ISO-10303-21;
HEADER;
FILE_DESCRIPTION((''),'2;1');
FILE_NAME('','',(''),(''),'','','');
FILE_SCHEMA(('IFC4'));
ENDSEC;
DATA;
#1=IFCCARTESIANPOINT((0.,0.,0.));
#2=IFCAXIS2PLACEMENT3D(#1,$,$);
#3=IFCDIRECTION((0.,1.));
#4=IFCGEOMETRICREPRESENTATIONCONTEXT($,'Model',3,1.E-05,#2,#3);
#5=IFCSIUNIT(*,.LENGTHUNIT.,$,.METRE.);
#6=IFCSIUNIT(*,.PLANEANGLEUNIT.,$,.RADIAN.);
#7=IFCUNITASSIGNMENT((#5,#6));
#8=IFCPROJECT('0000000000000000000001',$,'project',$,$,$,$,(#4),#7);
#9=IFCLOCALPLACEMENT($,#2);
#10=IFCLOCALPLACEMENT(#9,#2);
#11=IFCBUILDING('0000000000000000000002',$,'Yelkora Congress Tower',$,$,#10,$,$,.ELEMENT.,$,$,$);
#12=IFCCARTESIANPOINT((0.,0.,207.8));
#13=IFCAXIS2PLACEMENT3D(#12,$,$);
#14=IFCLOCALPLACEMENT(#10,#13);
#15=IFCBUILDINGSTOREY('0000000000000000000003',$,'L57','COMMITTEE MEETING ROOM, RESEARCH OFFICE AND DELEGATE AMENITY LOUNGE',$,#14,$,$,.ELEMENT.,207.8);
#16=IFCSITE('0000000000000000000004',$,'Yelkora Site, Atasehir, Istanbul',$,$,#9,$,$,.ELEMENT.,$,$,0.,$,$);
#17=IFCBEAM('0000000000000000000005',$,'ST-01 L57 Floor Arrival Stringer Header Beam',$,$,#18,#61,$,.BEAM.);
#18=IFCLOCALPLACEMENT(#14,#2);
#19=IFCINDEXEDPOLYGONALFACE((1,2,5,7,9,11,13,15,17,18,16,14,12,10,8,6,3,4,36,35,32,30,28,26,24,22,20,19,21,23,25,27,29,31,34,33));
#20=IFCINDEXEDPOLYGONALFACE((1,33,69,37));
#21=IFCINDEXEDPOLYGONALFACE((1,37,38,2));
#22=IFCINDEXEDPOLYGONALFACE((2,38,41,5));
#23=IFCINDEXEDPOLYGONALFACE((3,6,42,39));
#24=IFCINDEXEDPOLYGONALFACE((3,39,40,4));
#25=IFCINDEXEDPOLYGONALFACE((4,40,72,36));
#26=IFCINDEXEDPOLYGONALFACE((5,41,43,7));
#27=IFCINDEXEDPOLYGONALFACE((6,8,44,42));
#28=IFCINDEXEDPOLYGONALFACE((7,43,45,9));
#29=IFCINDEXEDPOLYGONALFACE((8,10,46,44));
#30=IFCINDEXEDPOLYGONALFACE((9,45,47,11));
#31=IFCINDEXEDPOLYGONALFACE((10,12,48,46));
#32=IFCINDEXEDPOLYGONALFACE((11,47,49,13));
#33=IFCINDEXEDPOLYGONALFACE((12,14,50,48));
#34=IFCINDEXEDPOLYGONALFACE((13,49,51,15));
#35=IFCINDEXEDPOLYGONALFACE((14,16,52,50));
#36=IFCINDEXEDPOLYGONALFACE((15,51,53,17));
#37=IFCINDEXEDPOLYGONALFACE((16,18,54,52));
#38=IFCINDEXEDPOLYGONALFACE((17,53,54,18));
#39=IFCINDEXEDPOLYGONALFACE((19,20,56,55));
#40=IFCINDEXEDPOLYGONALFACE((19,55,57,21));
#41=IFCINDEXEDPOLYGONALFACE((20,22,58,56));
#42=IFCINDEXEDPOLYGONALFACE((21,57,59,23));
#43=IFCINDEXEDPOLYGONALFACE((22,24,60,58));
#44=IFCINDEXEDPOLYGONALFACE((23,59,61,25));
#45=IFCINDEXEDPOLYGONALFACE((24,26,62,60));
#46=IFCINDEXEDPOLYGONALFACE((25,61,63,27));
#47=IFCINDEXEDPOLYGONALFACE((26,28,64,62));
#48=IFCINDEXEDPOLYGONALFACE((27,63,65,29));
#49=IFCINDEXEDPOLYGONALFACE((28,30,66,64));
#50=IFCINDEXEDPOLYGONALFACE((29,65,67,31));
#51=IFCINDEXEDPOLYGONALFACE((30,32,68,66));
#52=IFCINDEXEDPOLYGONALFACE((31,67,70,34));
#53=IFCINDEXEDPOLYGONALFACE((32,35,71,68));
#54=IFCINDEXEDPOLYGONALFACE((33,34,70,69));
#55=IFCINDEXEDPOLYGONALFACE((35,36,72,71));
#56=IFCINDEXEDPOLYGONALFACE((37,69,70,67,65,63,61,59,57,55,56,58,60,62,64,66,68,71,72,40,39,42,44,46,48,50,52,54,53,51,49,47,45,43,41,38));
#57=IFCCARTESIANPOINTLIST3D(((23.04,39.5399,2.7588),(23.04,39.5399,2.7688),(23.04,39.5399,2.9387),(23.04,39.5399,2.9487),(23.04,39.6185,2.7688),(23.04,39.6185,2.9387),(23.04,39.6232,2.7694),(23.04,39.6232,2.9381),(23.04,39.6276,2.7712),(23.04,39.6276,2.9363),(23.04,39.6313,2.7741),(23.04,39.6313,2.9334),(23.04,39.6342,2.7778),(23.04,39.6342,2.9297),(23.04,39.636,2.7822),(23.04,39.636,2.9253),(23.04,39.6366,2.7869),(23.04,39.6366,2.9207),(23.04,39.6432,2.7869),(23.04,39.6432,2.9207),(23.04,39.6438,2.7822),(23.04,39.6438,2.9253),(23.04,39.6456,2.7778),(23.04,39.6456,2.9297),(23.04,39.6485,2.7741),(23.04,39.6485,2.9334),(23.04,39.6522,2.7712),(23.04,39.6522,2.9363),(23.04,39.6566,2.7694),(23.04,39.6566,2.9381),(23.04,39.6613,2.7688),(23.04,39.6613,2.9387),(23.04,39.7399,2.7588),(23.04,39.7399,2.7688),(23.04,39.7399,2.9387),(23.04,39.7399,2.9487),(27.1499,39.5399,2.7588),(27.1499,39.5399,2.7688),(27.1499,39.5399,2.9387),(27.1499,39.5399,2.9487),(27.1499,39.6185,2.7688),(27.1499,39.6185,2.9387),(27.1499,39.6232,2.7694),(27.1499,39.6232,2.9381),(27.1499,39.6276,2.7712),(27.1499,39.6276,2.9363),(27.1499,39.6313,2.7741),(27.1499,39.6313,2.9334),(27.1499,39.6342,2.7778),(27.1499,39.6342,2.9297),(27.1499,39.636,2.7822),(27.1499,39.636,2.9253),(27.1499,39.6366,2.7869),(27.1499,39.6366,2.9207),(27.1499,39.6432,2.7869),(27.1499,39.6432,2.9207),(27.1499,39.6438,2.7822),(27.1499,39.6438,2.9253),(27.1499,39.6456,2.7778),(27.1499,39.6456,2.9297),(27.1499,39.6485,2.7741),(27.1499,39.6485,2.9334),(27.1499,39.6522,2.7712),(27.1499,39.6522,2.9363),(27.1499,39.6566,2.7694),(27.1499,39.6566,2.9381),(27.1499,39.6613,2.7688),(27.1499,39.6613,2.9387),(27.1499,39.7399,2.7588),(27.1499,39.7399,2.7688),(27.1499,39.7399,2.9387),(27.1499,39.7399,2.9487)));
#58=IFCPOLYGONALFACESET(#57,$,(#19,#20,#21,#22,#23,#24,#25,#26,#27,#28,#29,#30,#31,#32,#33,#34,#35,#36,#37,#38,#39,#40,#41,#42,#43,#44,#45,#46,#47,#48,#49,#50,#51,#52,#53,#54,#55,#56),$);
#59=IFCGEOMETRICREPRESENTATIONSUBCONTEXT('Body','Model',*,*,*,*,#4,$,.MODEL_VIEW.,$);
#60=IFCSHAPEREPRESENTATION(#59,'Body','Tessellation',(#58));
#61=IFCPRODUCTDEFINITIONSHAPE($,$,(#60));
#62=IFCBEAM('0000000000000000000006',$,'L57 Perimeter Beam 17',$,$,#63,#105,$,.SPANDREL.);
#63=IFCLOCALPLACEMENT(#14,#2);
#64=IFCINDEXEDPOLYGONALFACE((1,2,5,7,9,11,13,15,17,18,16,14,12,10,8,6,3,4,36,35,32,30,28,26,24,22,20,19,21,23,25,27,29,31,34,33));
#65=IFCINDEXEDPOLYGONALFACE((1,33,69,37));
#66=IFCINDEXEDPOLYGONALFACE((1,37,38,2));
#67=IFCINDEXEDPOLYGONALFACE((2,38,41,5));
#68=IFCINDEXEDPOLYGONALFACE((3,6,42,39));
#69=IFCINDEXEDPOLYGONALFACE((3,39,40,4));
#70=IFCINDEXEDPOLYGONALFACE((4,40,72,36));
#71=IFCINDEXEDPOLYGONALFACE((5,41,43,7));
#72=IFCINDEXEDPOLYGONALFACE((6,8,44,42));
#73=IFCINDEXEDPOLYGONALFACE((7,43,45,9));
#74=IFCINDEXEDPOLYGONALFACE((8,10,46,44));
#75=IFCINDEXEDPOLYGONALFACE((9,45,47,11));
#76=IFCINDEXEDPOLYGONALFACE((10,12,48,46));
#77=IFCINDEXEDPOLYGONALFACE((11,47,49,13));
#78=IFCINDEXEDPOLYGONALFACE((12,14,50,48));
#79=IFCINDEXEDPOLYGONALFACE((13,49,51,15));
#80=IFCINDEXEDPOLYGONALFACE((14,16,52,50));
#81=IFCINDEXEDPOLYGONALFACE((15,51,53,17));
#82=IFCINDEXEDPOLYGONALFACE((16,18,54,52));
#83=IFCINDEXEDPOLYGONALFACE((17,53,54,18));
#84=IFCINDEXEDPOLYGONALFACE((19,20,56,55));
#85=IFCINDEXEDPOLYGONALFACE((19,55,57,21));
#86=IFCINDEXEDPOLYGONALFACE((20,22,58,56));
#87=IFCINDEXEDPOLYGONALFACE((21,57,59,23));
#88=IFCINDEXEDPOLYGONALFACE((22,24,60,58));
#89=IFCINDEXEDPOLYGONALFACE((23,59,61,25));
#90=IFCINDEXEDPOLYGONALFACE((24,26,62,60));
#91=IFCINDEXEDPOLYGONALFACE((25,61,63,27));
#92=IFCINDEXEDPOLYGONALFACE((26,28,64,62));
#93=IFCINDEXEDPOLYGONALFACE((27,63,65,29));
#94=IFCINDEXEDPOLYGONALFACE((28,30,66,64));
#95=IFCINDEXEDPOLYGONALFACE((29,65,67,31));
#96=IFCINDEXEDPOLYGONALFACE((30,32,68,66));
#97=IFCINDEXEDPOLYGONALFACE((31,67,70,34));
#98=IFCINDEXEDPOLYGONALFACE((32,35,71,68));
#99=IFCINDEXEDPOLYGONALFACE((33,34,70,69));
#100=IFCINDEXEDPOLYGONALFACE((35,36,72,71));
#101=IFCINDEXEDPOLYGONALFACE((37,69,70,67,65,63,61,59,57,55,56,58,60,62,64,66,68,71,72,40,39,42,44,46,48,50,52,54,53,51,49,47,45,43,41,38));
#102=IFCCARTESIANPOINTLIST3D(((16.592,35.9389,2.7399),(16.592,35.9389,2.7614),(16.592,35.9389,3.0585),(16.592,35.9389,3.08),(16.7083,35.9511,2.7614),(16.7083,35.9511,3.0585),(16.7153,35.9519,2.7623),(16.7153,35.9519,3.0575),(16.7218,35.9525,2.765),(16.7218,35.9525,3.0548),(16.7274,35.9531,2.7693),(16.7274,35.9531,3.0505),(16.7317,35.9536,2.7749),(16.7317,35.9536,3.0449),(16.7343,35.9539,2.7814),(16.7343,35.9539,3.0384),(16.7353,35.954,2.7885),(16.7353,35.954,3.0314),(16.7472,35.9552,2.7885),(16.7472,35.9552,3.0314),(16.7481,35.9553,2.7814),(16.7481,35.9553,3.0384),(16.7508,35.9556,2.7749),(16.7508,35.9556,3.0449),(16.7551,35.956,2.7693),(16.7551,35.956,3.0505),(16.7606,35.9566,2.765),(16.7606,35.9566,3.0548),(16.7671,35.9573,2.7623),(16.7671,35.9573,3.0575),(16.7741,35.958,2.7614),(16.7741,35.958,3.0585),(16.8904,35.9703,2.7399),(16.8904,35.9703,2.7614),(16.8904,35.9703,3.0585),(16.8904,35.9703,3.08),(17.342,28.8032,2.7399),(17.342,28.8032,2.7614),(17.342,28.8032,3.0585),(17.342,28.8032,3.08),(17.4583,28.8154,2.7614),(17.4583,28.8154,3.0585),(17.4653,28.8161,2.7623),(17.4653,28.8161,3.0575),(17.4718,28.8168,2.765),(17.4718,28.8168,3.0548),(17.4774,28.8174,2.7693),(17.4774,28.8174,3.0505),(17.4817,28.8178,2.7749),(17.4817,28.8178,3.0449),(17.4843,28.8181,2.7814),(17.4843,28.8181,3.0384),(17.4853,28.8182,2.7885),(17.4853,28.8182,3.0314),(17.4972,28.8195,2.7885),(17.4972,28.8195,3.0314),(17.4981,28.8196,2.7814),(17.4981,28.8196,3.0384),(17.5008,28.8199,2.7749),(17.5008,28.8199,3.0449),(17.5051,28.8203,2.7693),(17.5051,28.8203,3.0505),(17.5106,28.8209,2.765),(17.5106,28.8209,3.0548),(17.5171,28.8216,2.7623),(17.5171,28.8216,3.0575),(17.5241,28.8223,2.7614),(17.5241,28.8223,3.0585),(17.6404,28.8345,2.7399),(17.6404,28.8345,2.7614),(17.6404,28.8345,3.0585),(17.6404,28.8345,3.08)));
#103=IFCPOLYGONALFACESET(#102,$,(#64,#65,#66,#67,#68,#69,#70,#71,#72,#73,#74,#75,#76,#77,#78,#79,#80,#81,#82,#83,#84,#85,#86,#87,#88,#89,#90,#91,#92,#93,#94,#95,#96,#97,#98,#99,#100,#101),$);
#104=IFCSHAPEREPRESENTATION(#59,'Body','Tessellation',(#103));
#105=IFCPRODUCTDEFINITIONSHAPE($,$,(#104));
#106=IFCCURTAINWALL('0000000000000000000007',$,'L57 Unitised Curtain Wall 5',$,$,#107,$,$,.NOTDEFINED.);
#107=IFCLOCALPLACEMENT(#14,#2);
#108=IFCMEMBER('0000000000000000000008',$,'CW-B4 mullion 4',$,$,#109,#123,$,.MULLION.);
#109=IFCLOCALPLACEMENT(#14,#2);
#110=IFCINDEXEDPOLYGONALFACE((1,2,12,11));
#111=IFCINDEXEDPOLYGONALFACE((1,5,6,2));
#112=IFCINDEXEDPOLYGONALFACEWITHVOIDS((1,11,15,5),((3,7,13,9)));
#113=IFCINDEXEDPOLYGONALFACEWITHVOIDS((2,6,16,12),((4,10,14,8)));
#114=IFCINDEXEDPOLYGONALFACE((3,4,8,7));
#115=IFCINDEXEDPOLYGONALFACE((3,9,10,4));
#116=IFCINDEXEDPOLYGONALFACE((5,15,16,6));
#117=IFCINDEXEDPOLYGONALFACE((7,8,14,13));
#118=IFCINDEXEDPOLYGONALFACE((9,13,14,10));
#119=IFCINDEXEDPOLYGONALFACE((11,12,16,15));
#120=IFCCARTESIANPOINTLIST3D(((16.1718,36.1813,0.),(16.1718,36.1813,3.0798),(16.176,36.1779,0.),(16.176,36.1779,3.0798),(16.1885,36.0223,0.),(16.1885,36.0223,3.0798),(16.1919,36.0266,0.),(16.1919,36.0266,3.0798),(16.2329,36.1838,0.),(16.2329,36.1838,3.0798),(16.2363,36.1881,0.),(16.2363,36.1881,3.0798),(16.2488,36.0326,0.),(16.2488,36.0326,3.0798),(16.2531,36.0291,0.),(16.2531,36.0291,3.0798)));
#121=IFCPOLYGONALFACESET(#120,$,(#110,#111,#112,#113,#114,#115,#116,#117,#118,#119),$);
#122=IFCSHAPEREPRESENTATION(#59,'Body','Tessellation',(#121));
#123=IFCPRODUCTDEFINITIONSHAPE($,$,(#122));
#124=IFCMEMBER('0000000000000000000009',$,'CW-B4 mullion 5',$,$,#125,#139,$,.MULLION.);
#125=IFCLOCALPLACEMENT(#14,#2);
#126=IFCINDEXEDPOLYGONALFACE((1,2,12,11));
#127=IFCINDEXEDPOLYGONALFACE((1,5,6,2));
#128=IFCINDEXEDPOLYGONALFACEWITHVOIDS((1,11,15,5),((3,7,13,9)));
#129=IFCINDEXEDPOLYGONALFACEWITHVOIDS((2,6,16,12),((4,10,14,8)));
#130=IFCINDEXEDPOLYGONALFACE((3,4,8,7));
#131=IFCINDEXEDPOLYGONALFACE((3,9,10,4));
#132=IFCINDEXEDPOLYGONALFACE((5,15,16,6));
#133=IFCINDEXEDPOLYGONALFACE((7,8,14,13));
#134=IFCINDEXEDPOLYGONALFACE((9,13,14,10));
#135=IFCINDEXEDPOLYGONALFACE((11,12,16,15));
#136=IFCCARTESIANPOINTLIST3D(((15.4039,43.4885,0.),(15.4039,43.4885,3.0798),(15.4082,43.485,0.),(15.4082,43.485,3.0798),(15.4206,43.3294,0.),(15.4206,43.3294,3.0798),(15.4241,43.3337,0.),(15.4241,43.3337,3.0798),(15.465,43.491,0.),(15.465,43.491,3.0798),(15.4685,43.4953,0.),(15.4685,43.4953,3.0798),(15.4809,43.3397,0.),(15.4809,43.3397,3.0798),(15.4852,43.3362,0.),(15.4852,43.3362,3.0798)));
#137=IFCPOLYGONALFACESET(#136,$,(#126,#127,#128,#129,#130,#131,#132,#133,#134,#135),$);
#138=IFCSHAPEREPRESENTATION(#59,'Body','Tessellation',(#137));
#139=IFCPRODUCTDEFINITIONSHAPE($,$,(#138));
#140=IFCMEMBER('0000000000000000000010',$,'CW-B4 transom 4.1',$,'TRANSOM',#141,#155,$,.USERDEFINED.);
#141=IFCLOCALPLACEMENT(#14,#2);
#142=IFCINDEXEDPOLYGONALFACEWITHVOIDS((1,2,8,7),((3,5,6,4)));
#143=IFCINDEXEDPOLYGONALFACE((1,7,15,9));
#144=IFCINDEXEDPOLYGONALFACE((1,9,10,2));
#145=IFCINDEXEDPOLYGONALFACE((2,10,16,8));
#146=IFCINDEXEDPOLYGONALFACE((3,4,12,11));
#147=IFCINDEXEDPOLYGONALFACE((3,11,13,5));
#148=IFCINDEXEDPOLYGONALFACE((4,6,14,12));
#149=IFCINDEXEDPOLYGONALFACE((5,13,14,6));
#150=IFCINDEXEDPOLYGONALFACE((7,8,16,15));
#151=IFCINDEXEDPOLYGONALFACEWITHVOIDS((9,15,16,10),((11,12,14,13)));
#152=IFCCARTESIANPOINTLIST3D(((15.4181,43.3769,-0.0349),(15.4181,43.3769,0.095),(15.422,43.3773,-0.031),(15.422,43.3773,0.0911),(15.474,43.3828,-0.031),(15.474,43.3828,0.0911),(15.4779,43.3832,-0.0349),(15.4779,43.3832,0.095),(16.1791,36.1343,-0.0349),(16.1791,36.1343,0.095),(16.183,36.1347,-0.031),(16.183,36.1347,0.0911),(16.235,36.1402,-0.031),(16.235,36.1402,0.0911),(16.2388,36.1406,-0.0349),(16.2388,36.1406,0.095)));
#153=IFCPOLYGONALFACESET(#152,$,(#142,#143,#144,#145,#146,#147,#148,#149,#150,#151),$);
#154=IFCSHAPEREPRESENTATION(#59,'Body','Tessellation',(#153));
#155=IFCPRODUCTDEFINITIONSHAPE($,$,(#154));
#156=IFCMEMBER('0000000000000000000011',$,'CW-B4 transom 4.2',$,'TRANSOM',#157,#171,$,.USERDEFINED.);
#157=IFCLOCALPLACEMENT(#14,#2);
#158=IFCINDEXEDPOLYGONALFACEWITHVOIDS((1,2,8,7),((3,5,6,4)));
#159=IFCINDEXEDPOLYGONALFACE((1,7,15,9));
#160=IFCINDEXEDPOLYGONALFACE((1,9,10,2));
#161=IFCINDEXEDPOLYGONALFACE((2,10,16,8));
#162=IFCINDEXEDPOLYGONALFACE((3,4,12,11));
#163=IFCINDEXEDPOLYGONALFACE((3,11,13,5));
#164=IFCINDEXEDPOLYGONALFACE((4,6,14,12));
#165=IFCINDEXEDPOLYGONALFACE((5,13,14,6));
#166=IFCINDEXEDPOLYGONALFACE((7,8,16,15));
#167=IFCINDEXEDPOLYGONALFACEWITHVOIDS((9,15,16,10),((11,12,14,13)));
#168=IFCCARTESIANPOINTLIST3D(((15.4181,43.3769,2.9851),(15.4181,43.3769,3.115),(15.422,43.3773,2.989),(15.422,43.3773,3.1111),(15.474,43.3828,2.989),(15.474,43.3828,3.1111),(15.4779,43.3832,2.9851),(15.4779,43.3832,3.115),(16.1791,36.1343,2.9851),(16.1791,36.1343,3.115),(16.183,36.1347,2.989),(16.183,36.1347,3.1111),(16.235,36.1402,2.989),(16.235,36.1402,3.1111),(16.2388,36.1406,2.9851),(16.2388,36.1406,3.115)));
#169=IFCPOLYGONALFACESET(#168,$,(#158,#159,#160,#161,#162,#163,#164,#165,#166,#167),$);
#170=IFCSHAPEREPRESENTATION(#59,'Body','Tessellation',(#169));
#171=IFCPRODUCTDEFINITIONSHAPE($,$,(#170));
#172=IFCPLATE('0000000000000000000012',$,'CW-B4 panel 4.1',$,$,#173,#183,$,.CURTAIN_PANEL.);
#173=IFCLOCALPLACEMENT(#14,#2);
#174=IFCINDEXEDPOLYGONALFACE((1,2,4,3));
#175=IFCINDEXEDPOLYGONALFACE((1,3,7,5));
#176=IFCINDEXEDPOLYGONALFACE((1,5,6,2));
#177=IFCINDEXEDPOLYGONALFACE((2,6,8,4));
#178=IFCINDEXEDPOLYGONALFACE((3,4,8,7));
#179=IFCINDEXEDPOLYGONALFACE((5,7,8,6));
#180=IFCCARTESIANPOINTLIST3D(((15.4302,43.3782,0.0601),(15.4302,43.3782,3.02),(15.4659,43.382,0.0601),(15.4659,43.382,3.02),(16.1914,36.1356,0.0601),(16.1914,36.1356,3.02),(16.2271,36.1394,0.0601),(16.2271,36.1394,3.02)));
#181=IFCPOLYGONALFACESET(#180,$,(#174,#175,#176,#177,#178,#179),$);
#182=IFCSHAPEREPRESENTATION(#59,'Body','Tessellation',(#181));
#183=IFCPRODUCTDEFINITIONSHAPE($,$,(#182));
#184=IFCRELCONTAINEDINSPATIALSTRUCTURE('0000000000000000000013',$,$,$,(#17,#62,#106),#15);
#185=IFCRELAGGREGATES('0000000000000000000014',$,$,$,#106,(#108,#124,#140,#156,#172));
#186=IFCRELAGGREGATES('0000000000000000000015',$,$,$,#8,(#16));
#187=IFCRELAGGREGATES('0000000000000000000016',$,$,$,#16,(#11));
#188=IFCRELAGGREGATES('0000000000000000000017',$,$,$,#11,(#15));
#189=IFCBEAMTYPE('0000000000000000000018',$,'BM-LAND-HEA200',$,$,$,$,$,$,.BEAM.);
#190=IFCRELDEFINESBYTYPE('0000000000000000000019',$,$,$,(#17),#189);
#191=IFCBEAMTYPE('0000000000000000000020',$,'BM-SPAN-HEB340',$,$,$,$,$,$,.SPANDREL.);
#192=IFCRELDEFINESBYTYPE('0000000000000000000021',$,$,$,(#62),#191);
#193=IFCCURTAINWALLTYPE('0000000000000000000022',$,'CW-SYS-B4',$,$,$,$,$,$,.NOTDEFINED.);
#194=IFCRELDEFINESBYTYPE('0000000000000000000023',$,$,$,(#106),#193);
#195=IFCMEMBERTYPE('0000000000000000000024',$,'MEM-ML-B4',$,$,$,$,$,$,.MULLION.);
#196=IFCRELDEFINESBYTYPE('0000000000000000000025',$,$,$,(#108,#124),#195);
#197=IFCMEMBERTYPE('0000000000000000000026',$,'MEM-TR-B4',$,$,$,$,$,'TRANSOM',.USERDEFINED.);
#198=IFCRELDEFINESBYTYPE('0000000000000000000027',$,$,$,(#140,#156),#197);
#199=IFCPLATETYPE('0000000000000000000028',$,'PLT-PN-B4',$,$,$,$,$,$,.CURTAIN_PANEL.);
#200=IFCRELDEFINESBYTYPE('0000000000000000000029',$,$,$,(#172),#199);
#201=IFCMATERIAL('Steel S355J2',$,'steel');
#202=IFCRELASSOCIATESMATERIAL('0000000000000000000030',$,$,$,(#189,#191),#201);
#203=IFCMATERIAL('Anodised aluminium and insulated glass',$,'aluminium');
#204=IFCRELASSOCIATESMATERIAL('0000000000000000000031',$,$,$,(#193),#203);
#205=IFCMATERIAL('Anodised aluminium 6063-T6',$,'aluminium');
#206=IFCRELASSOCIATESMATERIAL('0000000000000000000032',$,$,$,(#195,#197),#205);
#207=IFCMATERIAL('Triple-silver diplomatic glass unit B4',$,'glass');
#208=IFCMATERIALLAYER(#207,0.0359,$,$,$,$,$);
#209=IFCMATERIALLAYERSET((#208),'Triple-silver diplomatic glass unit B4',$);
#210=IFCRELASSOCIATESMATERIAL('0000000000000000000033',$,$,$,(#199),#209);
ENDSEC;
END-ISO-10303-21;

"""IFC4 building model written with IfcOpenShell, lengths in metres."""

from ifc_helpers import new_model, si_unit, direction, frame, origin, origin_2d, place, context, subcontext, project, spatial, rectangle, hollow_rectangle, i_section, extrude, material, layer, layer_set, material_profile, profile_set, type_object, element, aggregate, save


model = new_model("IFC4")

# Units and contexts
model_context = context("Model", 3, precision=1e-05, world=origin(), true_north=direction((0.0, 1.0)))
body_context = subcontext(model_context, "Body", "Model", "MODEL_VIEW")
ifc_project = project(units=[si_unit("LENGTHUNIT", "METRE"), si_unit("PLANEANGLEUNIT", "RADIAN")], contexts=[model_context])

# Site, building, storey
site_placement = place(None, origin())
site = spatial("IfcSite", under=ifc_project, at=site_placement, Name="Yelkora Site, Atasehir, Istanbul", CompositionType="ELEMENT", RefElevation=0.0)
building_placement = place(site_placement, origin())
building = spatial("IfcBuilding", under=site, at=building_placement, Name="Yelkora Congress Tower", CompositionType="ELEMENT")
storey_placement = place(building_placement, frame((0.0, 0.0, 207.8)))
storey = spatial("IfcBuildingStorey", under=building, at=storey_placement, Name="L57", Description="COMMITTEE MEETING ROOM, RESEARCH OFFICE AND DELEGATE AMENITY LOUNGE", CompositionType="ELEMENT", Elevation=207.8)

# Shared definitions
ifc_material_1 = material(Name="Steel S355J2", Category="steel")

# Beams
ifc_material_profile_1 = material_profile(ifc_material_1, i_section(OverallWidth=0.2, OverallDepth=0.1899, WebThickness=0.0066, FlangeThickness=0.01, FilletRadius=0.0181, at=origin_2d()), Name="HEA 200")
ifc_profile_set_1 = profile_set([ifc_material_profile_1], Name="Steel S355J2")
beam_type_1 = type_object("IfcBeamType", Name="BM-LAND-HEA200", PredefinedType="BEAM", material=ifc_profile_set_1)
beam_1_placement = place(storey_placement, frame((23.04, 39.6399, 2.8538), z_axis=(1.0, 0.0, 0.0), x_axis=(0.0, 1.0, 0.0)))
element("IfcBeam", 1, at=beam_1_placement, inside=storey, type_object=beam_type_1, Name="ST-01 L57 Floor Arrival Stringer Header Beam", PredefinedType="BEAM", context=body_context, shape_type="SweptSolid", body=[
    extrude(i_section(OverallWidth=0.2, OverallDepth=0.1899, WebThickness=0.0066, FlangeThickness=0.01, FilletRadius=0.0181, at=origin_2d()), origin(), (0.0, 0.0, 1.0), 4.1099),
])
ifc_material_profile_2 = material_profile(ifc_material_1, i_section(OverallWidth=0.3, OverallDepth=0.3401, WebThickness=0.012, FlangeThickness=0.0215, FilletRadius=0.0271, at=origin_2d()), Name="HEB 340")
ifc_profile_set_2 = profile_set([ifc_material_profile_2], Name="Steel S355J2")
beam_type_2 = type_object("IfcBeamType", Name="BM-SPAN-HEB340", PredefinedType="SPANDREL", material=ifc_profile_set_2)
beam_2_placement = place(storey_placement, frame((16.7412, 35.9546, 2.9099), z_axis=(0.104529, -0.994522, 0.0), x_axis=(0.994522, 0.104529, 0.0)))
element("IfcBeam", 2, at=beam_2_placement, inside=storey, type_object=beam_type_2, Name="L57 Perimeter Beam 17", PredefinedType="SPANDREL", context=body_context, shape_type="SweptSolid", body=[
    extrude(i_section(OverallWidth=0.3, OverallDepth=0.3401, WebThickness=0.012, FlangeThickness=0.0215, FilletRadius=0.0271, at=origin_2d()), origin(), (0.0, 0.0, 1.0), 7.175),
])

# Curtain wall, members, plate
ifc_material_2 = material(Name="Anodised aluminium and insulated glass", Category="aluminium")
curtain_wall_type = type_object("IfcCurtainWallType", Name="CW-SYS-B4", PredefinedType="NOTDEFINED", material=ifc_material_2)
curtain_wall_placement = place(storey_placement, origin())
curtain_wall = element("IfcCurtainWall", 3, at=curtain_wall_placement, inside=storey, type_object=curtain_wall_type, Name="L57 Unitised Curtain Wall 5", PredefinedType="NOTDEFINED")
ifc_material_3 = material(Name="Anodised aluminium 6063-T6", Category="aluminium")
ifc_material_profile_3 = material_profile(ifc_material_3, hollow_rectangle(XDim=0.0649, YDim=0.1599, WallThickness=0.0039, at=origin_2d()), Name="ALU 65x160x4")
ifc_profile_set_3 = profile_set([ifc_material_profile_3], Name="Anodised aluminium 6063-T6")
member_type_1 = type_object("IfcMemberType", Name="MEM-ML-B4", PredefinedType="MULLION", material=ifc_profile_set_3)
member_1_placement = place(storey_placement, frame((16.2124, 36.1052, 0.0), z_axis=(0.0, 0.0, 1.0), x_axis=(-0.994522, -0.104526, 0.0)))
member_1 = element("IfcMember", 4, at=member_1_placement, type_object=member_type_1, Name="CW-B4 mullion 4", PredefinedType="MULLION", context=body_context, shape_type="SweptSolid", body=[
    extrude(hollow_rectangle(XDim=0.0649, YDim=0.1599, WallThickness=0.0039, at=origin_2d()), origin(), (0.0, 0.0, 1.0), 3.0798),
])
member_2_placement = place(storey_placement, frame((15.4446, 43.4124, 0.0), z_axis=(0.0, 0.0, 1.0), x_axis=(-0.994522, -0.104526, 0.0)))
member_2 = element("IfcMember", 5, at=member_2_placement, type_object=member_type_1, Name="CW-B4 mullion 5", PredefinedType="MULLION", context=body_context, shape_type="SweptSolid", body=[
    extrude(hollow_rectangle(XDim=0.0649, YDim=0.1599, WallThickness=0.0039, at=origin_2d()), origin(), (0.0, 0.0, 1.0), 3.0798),
])
ifc_material_profile_4 = material_profile(ifc_material_3, hollow_rectangle(XDim=0.0601, YDim=0.1299, WallThickness=0.0039, at=origin_2d()), Name="ALU 60x130x4")
ifc_profile_set_4 = profile_set([ifc_material_profile_4], Name="Anodised aluminium 6063-T6")
member_type_2 = type_object("IfcMemberType", Name="MEM-TR-B4", ElementType="TRANSOM", PredefinedType="USERDEFINED", material=ifc_profile_set_4)
member_3_placement = place(storey_placement, frame((16.209, 36.1375, 0.03), z_axis=(-0.104495, 0.994525, 0.0), x_axis=(-0.994525, -0.104495, 0.0)))
member_3 = element("IfcMember", 6, at=member_3_placement, type_object=member_type_2, Name="CW-B4 transom 4.1", ObjectType="TRANSOM", PredefinedType="USERDEFINED", context=body_context, shape_type="SweptSolid", body=[
    extrude(hollow_rectangle(XDim=0.0601, YDim=0.1299, WallThickness=0.0039, at=origin_2d()), origin(), (0.0, 0.0, 1.0), 7.2825),
])
member_4_placement = place(storey_placement, frame((16.209, 36.1375, 3.05), z_axis=(-0.104495, 0.994525, 0.0), x_axis=(-0.994525, -0.104495, 0.0)))
member_4 = element("IfcMember", 7, at=member_4_placement, type_object=member_type_2, Name="CW-B4 transom 4.2", ObjectType="TRANSOM", PredefinedType="USERDEFINED", context=body_context, shape_type="SweptSolid", body=[
    extrude(hollow_rectangle(XDim=0.0601, YDim=0.1299, WallThickness=0.0039, at=origin_2d()), origin(), (0.0, 0.0, 1.0), 7.2825),
])
ifc_material_4 = material(Name="Triple-silver diplomatic glass unit B4", Category="glass")
ifc_layer_1 = layer(ifc_material_4, 0.0359)
ifc_layer_set_1 = layer_set([ifc_layer_1], Name="Triple-silver diplomatic glass unit B4")
plate_type = type_object("IfcPlateType", Name="PLT-PN-B4", PredefinedType="CURTAIN_PANEL", material=ifc_layer_set_1)
plate_placement = place(storey_placement, frame((15.8286, 39.7588, 0.0601), z_axis=(0.0, 0.0, 1.0), x_axis=(-0.104526, 0.994522, 0.0)))
plate = element("IfcPlate", 8, at=plate_placement, type_object=plate_type, Name="CW-B4 panel 4.1", PredefinedType="CURTAIN_PANEL", context=body_context, shape_type="SweptSolid", body=[
    extrude(rectangle(XDim=7.2825, YDim=0.0359, at=origin_2d()), origin(), (0.0, 0.0, 1.0), 2.96),
])
aggregate(curtain_wall, [member_1, member_2, member_3, member_4, plate])

save(model, "model.ifc")
